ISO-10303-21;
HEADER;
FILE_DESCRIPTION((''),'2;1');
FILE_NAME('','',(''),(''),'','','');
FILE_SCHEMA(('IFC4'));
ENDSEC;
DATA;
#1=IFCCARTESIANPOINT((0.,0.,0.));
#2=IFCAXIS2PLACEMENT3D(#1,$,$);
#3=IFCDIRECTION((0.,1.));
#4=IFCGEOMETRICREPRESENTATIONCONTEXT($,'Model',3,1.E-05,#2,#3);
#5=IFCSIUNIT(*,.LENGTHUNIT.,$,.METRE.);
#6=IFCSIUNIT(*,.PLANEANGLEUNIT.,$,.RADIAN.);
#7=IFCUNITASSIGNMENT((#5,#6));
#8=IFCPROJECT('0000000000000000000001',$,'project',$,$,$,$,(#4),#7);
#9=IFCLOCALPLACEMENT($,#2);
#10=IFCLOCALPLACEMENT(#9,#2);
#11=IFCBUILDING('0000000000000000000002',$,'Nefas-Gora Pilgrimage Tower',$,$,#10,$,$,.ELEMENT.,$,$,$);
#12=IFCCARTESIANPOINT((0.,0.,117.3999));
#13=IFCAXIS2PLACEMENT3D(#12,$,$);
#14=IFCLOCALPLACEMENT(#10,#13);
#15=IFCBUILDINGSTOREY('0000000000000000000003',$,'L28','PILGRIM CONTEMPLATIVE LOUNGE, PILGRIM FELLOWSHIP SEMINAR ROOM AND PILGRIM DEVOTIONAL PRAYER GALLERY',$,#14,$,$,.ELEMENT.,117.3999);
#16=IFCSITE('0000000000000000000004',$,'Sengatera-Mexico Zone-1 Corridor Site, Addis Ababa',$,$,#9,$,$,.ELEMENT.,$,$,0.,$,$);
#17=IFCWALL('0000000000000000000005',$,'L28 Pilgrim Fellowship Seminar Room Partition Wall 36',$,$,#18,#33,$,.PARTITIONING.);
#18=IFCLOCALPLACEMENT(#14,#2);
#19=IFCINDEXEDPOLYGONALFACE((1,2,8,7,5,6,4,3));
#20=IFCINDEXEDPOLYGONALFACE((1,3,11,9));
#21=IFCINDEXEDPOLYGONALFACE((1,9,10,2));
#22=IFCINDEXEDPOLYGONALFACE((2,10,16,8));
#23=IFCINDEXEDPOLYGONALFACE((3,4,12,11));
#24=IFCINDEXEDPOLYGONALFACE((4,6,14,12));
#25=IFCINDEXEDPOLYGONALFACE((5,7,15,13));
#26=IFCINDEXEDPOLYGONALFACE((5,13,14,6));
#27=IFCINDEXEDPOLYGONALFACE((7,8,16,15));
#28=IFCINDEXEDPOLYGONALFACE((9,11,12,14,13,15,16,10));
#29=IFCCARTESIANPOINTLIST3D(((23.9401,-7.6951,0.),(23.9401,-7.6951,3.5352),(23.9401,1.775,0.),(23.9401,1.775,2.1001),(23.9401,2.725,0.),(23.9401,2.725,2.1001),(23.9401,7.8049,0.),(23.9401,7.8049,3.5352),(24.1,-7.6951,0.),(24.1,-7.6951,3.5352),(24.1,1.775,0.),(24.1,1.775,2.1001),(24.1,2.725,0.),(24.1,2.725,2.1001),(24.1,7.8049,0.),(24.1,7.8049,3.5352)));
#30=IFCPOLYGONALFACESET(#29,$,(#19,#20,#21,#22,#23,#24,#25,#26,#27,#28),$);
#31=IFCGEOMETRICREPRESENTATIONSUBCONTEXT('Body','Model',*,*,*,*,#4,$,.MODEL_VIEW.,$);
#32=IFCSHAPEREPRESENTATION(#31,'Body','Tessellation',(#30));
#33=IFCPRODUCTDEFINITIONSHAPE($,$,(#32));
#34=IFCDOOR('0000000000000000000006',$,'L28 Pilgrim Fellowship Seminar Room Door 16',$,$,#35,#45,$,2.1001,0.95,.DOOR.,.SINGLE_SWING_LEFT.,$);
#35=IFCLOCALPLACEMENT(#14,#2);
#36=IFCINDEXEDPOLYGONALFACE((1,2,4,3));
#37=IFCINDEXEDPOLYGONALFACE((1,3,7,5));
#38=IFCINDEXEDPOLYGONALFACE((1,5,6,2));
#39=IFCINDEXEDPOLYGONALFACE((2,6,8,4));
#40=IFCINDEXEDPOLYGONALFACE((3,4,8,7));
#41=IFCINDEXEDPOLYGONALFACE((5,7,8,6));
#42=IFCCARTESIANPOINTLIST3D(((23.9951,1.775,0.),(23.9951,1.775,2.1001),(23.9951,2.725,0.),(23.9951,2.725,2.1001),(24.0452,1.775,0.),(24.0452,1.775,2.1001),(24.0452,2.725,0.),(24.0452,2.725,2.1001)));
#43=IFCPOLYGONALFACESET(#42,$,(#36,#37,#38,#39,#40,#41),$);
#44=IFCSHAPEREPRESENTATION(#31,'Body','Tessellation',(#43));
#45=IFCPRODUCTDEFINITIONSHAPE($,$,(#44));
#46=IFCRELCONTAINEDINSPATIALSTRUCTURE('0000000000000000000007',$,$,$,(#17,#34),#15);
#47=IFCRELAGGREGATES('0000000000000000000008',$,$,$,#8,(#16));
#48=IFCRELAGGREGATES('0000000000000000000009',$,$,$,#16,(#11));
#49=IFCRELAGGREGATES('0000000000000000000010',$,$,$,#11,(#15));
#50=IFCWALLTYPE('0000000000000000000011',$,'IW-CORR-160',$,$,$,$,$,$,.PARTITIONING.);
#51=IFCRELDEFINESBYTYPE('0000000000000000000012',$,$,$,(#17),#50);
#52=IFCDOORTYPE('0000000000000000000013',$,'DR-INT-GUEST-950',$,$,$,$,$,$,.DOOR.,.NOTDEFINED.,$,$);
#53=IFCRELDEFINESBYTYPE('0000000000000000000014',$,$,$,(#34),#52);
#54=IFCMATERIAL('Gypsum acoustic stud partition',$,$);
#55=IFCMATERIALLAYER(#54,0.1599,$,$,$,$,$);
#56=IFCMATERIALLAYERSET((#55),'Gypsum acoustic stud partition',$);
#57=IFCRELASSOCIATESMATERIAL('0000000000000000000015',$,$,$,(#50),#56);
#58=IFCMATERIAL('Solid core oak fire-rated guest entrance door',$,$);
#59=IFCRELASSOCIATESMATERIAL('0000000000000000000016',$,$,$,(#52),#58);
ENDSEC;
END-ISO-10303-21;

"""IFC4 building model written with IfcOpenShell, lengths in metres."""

from ifc_helpers import new_model, si_unit, direction, frame, frame_2d, origin, place, context, subcontext, project, spatial, rectangle, extrude, source, transform, mapped, material, layer, layer_set, type_object, element, fill, save


model = new_model("IFC4")

# Units and contexts
model_context = context("Model", 3, precision=1e-05, world=origin(), true_north=direction((0.0, 1.0)))
body_context = subcontext(model_context, "Body", "Model", "MODEL_VIEW")
ifc_project = project(units=[si_unit("LENGTHUNIT", "METRE"), si_unit("PLANEANGLEUNIT", "RADIAN")], contexts=[model_context])

# Site, building, storey
site_placement = place(None, origin())
site = spatial("IfcSite", under=ifc_project, at=site_placement, Name="Sengatera-Mexico Zone-1 Corridor Site, Addis Ababa", CompositionType="ELEMENT", RefElevation=0.0)
building_placement = place(site_placement, origin())
building = spatial("IfcBuilding", under=site, at=building_placement, Name="Nefas-Gora Pilgrimage Tower", CompositionType="ELEMENT")
storey_placement = place(building_placement, frame((0.0, 0.0, 117.3999)))
storey = spatial("IfcBuildingStorey", under=building, at=storey_placement, Name="L28", Description="PILGRIM CONTEMPLATIVE LOUNGE, PILGRIM FELLOWSHIP SEMINAR ROOM AND PILGRIM DEVOTIONAL PRAYER GALLERY", CompositionType="ELEMENT", Elevation=117.3999)

# Wall, opening, door
ifc_material_1 = material(Name="Gypsum acoustic stud partition")
ifc_layer_1 = layer(ifc_material_1, 0.1599)
ifc_layer_set_1 = layer_set([ifc_layer_1], Name="Gypsum acoustic stud partition")
wall_type_1 = type_object("IfcWallType", Name="IW-CORR-160", PredefinedType="PARTITIONING", material=ifc_layer_set_1)
shared_shape_1 = source(origin(), body_context, "Body", "SweptSolid", [
    extrude(rectangle(XDim=15.5, YDim=0.1599, at=frame_2d((7.75, 0.0))), origin(), (0.0, 0.0, 1.0), 3.5352),
])
wall_1_placement = place(storey_placement, frame((24.02, -7.6951, 0.0), z_axis=(0.0, 0.0, 1.0), x_axis=(0.0, 1.0, 0.0)))
wall_1 = element("IfcWall", 1, at=wall_1_placement, inside=storey, type_object=wall_type_1, Name="L28 Pilgrim Fellowship Seminar Room Partition Wall 36", PredefinedType="PARTITIONING", context=body_context, shape_type="MappedRepresentation", body=[
    mapped(shared_shape_1, transform((0.0, 0.0, 0.0), x_axis=(1.0, 0.0, 0.0), y_axis=(0.0, 1.0, 0.0), z_axis=(0.0, 0.0, 1.0), scale=1.0)),
])
opening_1_placement = place(wall_1_placement, frame((9.47, 0.0, 0.0)))
opening_1 = element("IfcOpeningElement", 2, at=opening_1_placement, cuts=wall_1, PredefinedType="OPENING", context=body_context, shape_type="SweptSolid", body=[
    extrude(rectangle(XDim=0.95, YDim=2.1001, at=frame_2d((0.4751, 1.05))), frame((0.0, 0.0898, 0.0), z_axis=(0.0, -1.0, 0.0), x_axis=(1.0, 0.0, 0.0)), (0.0, 0.0, 1.0), 0.1799),
])
ifc_material_2 = material(Name="Solid core oak fire-rated guest entrance door")
door_type = type_object("IfcDoorType", Name="DR-INT-GUEST-950", OperationType="NOTDEFINED", PredefinedType="DOOR", material=ifc_material_2)
shared_shape_2 = source(origin(), body_context, "Body", "SweptSolid", [
    extrude(rectangle(XDim=0.95, YDim=2.1001, at=frame_2d((0.4751, 1.05))), frame((0.0, 0.0249, 0.0), z_axis=(0.0, -1.0, 0.0), x_axis=(1.0, 0.0, 0.0)), (0.0, 0.0, 1.0), 0.05),
])
door_placement = place(opening_1_placement, origin())
door = element("IfcDoor", 3, at=door_placement, inside=storey, type_object=door_type, Name="L28 Pilgrim Fellowship Seminar Room Door 16", OperationType="SINGLE_SWING_LEFT", OverallHeight=2.1001, OverallWidth=0.95, PredefinedType="DOOR", context=body_context, shape_type="MappedRepresentation", body=[
    mapped(shared_shape_2, transform((0.0, 0.0, 0.0), x_axis=(1.0, 0.0, 0.0), y_axis=(0.0, 1.0, 0.0), z_axis=(0.0, 0.0, 1.0), scale=1.0)),
])
fill(opening_1, door)

save(model, "model.ifc")
